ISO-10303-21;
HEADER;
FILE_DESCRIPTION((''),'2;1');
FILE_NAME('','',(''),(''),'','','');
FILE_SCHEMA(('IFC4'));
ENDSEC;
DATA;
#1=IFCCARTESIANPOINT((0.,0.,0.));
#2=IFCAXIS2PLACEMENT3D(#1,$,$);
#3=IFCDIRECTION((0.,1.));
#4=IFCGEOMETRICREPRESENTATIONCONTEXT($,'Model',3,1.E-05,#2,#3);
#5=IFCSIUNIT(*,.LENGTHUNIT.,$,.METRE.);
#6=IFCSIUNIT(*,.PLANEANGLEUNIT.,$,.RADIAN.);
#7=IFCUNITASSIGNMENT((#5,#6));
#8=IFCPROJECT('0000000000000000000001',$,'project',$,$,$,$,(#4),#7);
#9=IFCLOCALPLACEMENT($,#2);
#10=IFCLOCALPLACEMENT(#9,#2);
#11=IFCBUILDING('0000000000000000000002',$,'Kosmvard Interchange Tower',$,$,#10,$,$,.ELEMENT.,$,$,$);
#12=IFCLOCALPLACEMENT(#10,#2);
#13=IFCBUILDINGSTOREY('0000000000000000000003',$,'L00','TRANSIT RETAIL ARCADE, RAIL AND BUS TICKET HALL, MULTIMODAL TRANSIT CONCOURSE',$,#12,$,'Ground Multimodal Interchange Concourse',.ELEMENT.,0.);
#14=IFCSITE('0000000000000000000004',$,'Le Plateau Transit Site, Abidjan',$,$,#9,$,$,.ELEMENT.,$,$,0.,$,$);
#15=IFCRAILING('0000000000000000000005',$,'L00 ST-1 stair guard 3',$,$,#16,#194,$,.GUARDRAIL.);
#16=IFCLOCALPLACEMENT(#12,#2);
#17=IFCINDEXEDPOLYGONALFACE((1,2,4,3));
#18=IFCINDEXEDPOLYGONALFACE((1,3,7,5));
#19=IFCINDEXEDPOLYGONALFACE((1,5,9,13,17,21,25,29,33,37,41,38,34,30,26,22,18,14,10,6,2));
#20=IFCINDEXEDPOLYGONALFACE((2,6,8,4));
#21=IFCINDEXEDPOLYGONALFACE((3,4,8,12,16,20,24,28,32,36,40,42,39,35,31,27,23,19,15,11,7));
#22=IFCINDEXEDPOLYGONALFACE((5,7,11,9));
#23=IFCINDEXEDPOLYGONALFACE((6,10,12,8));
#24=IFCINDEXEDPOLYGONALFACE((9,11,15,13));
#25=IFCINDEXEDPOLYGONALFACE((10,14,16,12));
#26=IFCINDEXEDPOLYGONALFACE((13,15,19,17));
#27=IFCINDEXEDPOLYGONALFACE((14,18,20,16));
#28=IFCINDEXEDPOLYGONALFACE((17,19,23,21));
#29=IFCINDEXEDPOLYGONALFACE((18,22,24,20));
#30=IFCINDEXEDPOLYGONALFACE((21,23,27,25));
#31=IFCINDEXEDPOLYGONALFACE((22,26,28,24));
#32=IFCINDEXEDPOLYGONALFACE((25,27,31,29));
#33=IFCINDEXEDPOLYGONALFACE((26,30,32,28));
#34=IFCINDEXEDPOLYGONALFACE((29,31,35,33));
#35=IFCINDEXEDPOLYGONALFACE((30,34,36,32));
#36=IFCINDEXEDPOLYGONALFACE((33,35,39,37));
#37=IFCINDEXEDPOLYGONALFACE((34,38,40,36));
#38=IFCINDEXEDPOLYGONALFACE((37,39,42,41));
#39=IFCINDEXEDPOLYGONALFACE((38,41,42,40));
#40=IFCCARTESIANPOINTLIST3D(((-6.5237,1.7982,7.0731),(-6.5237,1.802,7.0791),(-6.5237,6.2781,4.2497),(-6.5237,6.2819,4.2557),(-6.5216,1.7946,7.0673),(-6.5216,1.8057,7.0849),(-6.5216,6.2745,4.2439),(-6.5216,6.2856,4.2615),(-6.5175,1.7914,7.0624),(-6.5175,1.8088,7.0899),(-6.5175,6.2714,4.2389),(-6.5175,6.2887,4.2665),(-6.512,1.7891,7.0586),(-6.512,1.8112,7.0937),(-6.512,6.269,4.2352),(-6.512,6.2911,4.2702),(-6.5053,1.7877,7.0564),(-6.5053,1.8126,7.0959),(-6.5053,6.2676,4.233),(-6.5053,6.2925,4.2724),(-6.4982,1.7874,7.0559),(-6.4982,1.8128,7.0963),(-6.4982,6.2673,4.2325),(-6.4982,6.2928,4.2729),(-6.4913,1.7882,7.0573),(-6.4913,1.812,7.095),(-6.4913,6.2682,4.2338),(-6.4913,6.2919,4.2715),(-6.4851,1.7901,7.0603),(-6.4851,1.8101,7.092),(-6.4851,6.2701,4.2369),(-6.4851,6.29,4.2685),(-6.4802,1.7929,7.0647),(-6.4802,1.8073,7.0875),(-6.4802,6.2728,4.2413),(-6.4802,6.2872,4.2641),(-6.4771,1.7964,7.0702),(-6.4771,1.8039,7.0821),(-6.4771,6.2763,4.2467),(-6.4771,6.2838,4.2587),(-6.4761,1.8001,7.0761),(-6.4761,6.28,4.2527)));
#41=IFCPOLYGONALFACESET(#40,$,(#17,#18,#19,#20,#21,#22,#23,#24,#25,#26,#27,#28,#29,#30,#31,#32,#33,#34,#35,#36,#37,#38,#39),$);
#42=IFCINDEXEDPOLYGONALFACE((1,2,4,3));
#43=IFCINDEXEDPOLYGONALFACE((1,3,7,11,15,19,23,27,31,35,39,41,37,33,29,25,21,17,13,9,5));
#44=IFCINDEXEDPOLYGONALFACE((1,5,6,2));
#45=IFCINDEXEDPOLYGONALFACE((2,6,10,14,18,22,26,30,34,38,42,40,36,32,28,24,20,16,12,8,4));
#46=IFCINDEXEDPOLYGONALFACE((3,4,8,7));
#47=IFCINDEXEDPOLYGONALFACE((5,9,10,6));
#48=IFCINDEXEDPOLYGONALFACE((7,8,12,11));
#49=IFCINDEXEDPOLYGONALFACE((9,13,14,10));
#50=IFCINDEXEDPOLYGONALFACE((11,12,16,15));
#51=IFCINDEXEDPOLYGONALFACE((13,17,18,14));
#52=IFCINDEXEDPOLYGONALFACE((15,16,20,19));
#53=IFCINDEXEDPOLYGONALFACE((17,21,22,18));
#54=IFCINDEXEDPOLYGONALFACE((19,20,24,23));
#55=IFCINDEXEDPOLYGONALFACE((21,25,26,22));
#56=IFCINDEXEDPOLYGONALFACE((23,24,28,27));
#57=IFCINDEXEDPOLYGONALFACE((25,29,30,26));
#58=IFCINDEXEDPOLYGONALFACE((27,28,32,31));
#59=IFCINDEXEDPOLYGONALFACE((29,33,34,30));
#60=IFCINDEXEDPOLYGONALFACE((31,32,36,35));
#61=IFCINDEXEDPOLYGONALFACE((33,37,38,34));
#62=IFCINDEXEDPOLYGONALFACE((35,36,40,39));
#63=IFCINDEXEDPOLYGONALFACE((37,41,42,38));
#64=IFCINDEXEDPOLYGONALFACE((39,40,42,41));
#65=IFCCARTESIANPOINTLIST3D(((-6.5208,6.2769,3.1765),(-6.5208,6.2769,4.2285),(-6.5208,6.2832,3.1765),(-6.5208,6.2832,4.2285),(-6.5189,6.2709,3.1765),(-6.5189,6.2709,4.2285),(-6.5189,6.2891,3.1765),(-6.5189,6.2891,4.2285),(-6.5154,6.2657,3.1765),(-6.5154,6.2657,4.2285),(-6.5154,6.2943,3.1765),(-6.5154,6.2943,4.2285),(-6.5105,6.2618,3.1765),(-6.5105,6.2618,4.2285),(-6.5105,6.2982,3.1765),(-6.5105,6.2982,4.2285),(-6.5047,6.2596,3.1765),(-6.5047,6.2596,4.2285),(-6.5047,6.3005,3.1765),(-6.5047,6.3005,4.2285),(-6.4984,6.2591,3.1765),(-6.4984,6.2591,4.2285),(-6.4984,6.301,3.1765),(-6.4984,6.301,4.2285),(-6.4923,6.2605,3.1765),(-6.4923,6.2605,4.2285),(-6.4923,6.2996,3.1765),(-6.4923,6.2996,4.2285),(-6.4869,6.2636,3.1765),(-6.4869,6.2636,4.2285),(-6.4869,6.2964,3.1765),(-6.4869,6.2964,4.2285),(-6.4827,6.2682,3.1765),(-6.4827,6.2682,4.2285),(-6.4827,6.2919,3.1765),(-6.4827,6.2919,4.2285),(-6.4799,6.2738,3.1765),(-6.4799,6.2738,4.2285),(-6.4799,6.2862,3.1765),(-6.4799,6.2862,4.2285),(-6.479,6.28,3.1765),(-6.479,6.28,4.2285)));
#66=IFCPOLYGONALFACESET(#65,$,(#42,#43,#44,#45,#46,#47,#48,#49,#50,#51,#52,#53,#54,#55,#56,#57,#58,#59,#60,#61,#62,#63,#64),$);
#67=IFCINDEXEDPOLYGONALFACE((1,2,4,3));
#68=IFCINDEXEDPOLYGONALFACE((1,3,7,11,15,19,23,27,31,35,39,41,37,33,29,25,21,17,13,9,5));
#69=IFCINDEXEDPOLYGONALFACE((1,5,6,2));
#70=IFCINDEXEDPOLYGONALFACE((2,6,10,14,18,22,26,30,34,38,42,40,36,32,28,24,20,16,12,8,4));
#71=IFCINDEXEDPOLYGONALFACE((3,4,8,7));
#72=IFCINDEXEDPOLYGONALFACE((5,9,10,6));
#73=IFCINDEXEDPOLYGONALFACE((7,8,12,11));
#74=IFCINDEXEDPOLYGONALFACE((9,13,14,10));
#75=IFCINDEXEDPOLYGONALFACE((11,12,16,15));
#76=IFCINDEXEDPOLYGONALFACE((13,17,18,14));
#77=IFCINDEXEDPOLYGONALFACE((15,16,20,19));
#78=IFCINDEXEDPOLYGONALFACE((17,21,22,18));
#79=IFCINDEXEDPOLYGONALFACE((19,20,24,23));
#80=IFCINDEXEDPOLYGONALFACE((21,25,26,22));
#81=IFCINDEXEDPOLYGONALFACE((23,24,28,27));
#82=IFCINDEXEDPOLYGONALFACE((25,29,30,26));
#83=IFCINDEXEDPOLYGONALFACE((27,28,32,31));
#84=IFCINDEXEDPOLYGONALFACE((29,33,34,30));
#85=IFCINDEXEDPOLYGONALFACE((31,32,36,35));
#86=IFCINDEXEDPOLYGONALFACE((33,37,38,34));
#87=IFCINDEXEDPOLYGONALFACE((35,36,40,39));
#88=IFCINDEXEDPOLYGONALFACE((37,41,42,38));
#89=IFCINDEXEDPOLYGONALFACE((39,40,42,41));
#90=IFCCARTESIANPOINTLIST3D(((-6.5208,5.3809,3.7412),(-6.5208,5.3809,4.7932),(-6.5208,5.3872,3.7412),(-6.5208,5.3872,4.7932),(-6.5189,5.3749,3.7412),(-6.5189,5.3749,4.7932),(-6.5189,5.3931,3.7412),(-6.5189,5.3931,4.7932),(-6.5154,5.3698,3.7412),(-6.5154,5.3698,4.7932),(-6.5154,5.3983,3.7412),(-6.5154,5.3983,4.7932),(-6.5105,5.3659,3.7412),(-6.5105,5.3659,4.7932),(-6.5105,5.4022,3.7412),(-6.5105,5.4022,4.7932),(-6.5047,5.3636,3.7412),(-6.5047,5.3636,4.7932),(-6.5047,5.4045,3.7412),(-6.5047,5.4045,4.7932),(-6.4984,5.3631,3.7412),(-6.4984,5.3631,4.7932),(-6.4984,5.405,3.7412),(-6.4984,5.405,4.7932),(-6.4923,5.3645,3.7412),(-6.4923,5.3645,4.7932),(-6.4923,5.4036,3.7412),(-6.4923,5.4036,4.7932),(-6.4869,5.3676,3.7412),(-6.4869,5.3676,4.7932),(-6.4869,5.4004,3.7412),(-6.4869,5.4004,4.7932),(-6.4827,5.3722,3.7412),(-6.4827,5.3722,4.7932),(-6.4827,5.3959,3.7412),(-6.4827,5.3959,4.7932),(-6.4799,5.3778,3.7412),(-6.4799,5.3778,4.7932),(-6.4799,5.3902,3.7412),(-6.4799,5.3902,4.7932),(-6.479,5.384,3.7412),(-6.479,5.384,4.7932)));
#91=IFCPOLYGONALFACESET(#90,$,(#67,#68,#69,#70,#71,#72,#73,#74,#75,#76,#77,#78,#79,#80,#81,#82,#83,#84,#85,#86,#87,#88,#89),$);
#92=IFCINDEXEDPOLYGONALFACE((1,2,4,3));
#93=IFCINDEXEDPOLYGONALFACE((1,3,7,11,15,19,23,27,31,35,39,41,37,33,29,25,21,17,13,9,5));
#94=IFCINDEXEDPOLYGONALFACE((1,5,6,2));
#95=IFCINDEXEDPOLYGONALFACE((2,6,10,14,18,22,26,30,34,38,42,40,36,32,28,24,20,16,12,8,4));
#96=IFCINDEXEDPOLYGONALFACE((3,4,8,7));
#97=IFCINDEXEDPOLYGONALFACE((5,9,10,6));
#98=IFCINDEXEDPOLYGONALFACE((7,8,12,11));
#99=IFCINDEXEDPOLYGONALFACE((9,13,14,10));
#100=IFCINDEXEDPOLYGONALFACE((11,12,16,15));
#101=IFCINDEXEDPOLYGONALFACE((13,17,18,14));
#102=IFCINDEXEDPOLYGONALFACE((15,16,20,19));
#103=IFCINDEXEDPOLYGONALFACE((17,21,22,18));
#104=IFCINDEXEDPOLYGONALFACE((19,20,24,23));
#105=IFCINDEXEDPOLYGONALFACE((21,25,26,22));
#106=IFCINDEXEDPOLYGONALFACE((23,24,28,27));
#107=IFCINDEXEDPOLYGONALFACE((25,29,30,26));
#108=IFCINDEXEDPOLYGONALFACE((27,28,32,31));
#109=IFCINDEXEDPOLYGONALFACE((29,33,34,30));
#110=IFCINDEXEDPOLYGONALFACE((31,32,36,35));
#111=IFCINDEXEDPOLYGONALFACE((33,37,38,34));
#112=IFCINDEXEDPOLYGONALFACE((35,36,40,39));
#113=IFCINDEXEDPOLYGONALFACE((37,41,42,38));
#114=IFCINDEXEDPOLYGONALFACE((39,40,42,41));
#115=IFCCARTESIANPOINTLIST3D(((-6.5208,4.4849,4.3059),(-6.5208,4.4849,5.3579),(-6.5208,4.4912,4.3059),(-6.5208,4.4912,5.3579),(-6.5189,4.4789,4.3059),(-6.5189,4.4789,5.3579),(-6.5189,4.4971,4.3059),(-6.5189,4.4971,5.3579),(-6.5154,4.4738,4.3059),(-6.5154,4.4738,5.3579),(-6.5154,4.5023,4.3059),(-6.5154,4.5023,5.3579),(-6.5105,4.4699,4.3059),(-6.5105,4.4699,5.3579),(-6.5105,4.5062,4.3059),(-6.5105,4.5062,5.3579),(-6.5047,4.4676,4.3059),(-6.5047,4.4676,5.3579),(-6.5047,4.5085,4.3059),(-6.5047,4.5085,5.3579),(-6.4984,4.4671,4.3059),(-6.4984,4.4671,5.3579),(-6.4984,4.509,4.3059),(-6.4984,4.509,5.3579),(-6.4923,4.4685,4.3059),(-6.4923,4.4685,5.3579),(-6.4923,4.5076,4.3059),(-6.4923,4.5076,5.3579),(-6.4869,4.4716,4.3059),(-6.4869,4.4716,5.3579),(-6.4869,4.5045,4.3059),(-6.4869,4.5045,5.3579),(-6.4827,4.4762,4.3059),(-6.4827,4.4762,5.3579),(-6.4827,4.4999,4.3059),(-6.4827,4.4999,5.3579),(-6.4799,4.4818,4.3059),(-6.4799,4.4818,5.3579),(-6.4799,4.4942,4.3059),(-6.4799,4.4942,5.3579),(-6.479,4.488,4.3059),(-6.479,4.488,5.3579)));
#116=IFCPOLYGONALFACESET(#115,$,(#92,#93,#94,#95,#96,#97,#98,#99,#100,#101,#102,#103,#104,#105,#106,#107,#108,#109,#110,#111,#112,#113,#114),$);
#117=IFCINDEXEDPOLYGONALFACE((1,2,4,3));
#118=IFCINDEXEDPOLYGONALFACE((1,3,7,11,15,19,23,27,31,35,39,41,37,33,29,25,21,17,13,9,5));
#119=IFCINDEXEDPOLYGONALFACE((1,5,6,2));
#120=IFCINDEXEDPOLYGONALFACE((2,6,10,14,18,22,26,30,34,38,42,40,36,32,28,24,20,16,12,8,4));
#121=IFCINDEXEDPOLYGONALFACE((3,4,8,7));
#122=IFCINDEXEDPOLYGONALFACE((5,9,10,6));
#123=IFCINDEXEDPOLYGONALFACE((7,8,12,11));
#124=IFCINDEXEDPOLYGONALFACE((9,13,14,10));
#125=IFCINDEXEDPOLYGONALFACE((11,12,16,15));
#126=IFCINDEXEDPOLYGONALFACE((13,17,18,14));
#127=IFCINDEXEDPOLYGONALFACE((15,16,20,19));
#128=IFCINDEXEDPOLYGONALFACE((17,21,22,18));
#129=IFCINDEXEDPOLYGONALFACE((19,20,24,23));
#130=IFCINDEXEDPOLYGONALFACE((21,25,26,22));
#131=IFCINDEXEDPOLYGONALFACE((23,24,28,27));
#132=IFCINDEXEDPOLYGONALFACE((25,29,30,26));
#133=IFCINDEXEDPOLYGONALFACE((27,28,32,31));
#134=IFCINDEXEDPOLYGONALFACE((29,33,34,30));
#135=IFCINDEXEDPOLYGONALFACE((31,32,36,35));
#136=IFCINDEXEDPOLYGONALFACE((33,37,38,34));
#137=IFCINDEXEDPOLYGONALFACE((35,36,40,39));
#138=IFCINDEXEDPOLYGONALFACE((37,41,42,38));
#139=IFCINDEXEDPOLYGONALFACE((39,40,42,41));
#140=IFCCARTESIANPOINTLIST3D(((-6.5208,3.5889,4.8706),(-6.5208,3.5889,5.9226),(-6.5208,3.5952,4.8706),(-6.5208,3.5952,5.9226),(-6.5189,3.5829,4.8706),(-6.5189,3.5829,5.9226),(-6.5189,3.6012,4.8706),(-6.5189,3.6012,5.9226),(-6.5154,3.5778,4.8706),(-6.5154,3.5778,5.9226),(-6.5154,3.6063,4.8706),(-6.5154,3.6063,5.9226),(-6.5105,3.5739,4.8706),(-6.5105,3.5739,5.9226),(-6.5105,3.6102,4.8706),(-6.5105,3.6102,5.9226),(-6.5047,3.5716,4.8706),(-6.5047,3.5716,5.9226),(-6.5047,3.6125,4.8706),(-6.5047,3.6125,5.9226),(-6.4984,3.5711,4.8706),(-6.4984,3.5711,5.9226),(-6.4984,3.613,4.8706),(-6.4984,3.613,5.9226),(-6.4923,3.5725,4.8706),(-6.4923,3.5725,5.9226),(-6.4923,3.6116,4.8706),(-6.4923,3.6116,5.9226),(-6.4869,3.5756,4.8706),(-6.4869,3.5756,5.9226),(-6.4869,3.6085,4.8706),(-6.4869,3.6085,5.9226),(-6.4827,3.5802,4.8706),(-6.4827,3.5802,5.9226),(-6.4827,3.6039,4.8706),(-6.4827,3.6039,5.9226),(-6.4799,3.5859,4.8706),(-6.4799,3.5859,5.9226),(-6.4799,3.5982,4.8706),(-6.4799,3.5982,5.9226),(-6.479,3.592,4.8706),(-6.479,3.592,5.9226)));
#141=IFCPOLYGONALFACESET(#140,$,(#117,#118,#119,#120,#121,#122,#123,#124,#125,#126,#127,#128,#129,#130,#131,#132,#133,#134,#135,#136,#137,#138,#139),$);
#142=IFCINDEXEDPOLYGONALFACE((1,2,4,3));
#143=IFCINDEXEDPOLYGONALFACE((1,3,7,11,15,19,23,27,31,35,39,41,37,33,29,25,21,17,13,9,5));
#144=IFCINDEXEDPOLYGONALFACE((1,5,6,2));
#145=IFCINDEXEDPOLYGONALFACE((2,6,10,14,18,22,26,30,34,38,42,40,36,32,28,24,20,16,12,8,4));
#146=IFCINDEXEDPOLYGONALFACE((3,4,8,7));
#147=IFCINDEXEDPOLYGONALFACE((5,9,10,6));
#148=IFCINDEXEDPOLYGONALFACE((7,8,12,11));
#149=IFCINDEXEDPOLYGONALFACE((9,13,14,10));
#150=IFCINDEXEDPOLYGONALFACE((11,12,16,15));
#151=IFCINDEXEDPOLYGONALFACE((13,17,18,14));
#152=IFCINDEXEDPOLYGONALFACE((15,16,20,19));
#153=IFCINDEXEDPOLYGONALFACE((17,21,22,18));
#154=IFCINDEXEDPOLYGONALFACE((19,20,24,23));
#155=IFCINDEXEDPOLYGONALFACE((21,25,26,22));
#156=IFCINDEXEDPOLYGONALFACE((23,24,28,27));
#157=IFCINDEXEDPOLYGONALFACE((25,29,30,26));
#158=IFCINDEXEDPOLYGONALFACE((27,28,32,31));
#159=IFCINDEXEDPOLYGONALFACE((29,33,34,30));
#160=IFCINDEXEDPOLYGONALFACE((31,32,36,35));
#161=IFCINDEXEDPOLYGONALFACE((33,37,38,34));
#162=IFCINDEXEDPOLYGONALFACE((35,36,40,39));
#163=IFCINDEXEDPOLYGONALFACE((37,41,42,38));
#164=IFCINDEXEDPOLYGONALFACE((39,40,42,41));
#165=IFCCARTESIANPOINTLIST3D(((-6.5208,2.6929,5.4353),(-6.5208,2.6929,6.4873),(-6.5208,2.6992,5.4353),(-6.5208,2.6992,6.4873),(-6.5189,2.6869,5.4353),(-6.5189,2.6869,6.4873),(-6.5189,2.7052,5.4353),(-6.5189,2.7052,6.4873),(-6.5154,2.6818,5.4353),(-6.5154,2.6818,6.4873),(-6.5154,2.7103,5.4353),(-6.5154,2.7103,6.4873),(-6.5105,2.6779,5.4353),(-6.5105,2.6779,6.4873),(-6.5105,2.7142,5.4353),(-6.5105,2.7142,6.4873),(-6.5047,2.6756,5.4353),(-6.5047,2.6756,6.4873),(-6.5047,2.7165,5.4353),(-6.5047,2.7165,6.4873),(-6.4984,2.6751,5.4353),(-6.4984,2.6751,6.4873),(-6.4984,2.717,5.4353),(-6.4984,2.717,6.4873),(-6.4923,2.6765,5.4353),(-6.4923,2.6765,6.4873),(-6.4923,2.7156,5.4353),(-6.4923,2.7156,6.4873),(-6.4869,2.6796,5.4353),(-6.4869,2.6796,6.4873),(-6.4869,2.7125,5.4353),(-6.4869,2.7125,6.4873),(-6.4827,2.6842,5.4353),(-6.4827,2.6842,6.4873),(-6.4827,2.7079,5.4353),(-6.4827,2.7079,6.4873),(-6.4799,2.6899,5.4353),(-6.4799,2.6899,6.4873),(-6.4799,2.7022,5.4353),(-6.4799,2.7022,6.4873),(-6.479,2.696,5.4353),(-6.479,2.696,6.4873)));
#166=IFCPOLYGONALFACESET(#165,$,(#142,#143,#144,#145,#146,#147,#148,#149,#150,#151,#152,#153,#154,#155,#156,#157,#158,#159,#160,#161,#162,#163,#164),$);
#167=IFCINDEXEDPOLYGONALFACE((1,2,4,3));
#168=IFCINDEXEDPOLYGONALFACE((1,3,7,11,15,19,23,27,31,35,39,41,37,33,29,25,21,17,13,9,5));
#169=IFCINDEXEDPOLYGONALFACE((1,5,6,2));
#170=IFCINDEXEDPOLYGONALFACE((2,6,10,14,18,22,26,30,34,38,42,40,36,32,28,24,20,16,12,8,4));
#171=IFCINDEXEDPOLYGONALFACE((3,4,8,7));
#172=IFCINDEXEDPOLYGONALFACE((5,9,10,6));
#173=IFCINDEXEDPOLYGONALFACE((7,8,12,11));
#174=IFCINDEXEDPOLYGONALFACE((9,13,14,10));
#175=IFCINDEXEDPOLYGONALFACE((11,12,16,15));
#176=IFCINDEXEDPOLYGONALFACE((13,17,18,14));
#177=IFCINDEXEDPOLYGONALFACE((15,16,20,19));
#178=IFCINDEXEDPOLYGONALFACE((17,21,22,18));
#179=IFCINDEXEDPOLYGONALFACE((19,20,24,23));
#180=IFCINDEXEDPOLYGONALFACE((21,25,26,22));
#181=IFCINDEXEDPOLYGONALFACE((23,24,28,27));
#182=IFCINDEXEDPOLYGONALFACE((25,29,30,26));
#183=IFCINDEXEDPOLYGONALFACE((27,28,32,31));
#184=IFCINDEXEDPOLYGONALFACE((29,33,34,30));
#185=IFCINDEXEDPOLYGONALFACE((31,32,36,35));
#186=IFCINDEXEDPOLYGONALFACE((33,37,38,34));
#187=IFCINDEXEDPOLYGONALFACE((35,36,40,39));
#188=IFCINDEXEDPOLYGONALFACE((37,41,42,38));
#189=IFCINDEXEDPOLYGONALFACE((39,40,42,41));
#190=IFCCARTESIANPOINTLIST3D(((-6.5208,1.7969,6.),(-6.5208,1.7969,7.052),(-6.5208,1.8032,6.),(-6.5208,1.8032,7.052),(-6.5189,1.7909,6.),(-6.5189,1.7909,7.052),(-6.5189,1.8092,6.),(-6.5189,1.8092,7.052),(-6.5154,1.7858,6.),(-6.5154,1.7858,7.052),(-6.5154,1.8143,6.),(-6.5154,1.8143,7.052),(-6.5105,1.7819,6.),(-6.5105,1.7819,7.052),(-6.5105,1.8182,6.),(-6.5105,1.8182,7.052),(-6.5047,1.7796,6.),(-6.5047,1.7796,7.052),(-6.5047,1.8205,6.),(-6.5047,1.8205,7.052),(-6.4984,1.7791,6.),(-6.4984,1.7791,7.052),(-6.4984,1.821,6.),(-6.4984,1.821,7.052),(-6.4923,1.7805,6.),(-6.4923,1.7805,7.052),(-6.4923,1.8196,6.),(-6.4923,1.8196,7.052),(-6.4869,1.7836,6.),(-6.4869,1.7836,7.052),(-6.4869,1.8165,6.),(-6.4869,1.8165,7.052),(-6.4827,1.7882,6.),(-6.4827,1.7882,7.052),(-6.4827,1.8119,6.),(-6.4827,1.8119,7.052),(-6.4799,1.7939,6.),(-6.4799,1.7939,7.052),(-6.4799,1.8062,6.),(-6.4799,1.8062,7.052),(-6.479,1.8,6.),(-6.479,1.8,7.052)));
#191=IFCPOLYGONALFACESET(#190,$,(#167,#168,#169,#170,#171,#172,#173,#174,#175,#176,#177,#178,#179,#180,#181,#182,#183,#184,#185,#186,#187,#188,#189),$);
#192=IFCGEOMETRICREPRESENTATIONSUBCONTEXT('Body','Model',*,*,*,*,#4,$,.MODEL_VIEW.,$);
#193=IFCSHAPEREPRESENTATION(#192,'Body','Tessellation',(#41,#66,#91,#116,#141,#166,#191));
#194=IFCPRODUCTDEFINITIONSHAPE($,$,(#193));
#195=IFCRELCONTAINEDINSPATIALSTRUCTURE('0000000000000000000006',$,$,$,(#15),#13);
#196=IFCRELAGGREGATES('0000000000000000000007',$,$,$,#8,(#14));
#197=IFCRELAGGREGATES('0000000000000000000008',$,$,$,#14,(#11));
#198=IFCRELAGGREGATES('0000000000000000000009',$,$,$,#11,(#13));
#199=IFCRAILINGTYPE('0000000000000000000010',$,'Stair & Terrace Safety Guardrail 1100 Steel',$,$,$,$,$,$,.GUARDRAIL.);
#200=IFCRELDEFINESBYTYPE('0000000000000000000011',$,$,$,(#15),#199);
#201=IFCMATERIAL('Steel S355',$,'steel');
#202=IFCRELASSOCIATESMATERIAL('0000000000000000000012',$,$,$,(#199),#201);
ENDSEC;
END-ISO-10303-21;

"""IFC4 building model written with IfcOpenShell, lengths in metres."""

from ifc_helpers import new_model, si_unit, direction, frame, origin, origin_2d, place, context, subcontext, project, spatial, circle, extrude, source, transform, mapped, material, type_object, element, save


model = new_model("IFC4")

# Units and contexts
model_context = context("Model", 3, precision=1e-05, world=origin(), true_north=direction((0.0, 1.0)))
body_context = subcontext(model_context, "Body", "Model", "MODEL_VIEW")
ifc_project = project(units=[si_unit("LENGTHUNIT", "METRE"), si_unit("PLANEANGLEUNIT", "RADIAN")], contexts=[model_context])

# Site, building, storey
site_placement = place(None, origin())
site = spatial("IfcSite", under=ifc_project, at=site_placement, Name="Le Plateau Transit Site, Abidjan", CompositionType="ELEMENT", RefElevation=0.0)
building_placement = place(site_placement, origin())
building = spatial("IfcBuilding", under=site, at=building_placement, Name="Kosmvard Interchange Tower", CompositionType="ELEMENT")
storey_placement = place(building_placement, origin())
storey = spatial("IfcBuildingStorey", under=building, at=storey_placement, Name="L00", Description="TRANSIT RETAIL ARCADE, RAIL AND BUS TICKET HALL, MULTIMODAL TRANSIT CONCOURSE", LongName="Ground Multimodal Interchange Concourse", CompositionType="ELEMENT", Elevation=0.0)

# Railing
ifc_material_1 = material(Name="Steel S355", Category="steel")
railing_type_1 = type_object("IfcRailingType", Name="Stair & Terrace Safety Guardrail 1100 Steel", PredefinedType="GUARDRAIL", material=ifc_material_1)
shared_shape_1 = source(origin(), body_context, "Body", "SweptSolid", [
    extrude(circle(Radius=0.0239, at=origin_2d()), frame((0.0, 0.0, 1.0762), z_axis=(0.0, -0.845998, 0.533186), x_axis=(1.0, 0.0, 0.0)), (0.0, 0.0, 1.0), 5.2954),
    extrude(circle(Radius=0.021, at=origin_2d()), origin(), (0.0, 0.0, 1.0), 1.052),
    extrude(circle(Radius=0.021, at=origin_2d()), frame((0.0, -0.896, 0.5647)), (0.0, 0.0, 1.0), 1.052),
    extrude(circle(Radius=0.021, at=origin_2d()), frame((0.0, -1.792, 1.1294)), (0.0, 0.0, 1.0), 1.052),
    extrude(circle(Radius=0.021, at=origin_2d()), frame((0.0, -2.688, 1.6941)), (0.0, 0.0, 1.0), 1.052),
    extrude(circle(Radius=0.021, at=origin_2d()), frame((0.0, -3.584, 2.2588)), (0.0, 0.0, 1.0), 1.052),
    extrude(circle(Radius=0.021, at=origin_2d()), frame((0.0, -4.48, 2.8235)), (0.0, 0.0, 1.0), 1.052),
])
railing_1_placement = place(storey_placement, frame((-6.5, 6.28, 3.1765)))
element("IfcRailing", 1, at=railing_1_placement, inside=storey, type_object=railing_type_1, Name="L00 ST-1 stair guard 3", PredefinedType="GUARDRAIL", context=body_context, shape_type="MappedRepresentation", body=[
    mapped(shared_shape_1, transform((0.0, 0.0, 0.0), scale=1.0)),
])

save(model, "model.ifc")
